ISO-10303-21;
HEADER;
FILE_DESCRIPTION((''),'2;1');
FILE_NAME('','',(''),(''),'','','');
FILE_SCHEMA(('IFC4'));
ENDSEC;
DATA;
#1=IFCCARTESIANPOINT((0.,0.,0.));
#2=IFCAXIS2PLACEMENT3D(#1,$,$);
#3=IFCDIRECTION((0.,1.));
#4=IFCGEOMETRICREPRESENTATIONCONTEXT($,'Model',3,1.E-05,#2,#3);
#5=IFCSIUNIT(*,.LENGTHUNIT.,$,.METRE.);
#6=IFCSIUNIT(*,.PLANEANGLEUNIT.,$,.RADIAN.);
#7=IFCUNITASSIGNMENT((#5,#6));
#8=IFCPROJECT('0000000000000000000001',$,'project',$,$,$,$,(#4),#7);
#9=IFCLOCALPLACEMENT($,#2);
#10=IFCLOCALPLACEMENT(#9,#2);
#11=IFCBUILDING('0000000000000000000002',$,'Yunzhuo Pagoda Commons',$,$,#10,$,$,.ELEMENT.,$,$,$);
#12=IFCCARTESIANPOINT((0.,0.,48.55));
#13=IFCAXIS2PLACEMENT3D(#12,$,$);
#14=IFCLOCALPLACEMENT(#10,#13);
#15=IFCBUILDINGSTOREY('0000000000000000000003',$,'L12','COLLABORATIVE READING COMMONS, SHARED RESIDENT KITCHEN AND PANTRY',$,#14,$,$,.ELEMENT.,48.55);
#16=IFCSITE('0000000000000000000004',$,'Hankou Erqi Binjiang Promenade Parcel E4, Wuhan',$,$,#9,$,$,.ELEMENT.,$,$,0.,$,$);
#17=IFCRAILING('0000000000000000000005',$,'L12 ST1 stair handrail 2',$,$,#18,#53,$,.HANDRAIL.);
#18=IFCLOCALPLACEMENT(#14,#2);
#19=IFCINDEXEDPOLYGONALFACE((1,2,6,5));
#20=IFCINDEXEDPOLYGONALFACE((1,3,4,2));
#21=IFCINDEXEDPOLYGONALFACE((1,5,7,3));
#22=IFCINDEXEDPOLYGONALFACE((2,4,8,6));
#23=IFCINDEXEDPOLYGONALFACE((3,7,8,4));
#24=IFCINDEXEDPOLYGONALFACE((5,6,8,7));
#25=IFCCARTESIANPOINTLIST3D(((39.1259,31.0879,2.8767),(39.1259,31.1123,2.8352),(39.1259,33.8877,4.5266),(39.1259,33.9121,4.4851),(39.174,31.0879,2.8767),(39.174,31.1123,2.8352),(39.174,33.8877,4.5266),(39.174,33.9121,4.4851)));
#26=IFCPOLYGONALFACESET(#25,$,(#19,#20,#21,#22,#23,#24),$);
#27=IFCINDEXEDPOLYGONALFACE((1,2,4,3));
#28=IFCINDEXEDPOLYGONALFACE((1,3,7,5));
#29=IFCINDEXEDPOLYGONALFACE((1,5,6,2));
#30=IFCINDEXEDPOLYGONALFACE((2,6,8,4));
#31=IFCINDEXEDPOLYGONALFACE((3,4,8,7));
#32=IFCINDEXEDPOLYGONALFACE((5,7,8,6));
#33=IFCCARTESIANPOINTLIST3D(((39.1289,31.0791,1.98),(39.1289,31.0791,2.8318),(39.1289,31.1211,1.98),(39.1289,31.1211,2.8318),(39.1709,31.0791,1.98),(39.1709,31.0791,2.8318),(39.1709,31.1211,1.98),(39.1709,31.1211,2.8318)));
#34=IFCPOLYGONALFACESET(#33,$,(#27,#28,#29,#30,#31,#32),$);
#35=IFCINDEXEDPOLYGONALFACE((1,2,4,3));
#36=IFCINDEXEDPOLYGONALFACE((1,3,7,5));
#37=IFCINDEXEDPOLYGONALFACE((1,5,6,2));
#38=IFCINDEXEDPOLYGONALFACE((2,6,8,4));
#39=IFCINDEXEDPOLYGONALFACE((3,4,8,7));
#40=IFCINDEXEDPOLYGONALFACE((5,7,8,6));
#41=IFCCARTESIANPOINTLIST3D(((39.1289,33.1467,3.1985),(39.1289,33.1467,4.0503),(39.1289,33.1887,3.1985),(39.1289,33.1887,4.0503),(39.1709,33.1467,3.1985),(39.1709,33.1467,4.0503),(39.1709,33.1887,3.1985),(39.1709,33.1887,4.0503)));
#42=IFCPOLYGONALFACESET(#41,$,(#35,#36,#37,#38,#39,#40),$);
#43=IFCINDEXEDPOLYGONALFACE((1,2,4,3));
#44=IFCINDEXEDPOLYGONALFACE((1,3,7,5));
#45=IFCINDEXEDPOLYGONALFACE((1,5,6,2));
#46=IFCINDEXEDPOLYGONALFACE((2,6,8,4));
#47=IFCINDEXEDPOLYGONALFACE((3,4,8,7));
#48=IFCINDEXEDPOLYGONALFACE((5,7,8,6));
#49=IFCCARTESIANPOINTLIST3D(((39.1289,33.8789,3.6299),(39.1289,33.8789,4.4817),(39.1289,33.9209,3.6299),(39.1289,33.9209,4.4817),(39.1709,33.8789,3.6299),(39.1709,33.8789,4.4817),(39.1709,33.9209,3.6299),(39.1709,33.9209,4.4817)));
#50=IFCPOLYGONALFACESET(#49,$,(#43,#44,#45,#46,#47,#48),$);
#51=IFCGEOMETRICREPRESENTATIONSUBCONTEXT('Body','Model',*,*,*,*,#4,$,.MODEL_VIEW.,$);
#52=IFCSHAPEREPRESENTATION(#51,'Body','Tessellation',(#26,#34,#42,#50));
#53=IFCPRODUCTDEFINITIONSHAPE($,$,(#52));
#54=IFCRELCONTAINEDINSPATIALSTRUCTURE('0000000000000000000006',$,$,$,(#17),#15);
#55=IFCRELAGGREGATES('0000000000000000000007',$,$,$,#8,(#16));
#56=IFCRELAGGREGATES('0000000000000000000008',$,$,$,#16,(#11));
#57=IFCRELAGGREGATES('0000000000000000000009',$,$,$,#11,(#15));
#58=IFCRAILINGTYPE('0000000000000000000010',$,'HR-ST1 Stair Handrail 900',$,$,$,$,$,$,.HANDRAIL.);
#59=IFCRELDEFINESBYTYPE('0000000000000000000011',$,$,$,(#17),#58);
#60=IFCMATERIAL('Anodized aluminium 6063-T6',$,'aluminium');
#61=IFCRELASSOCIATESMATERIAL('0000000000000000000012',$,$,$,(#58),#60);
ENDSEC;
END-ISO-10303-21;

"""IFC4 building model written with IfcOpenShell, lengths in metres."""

from ifc_helpers import new_model, si_unit, direction, frame, origin, origin_2d, place, context, subcontext, project, spatial, rectangle, extrude, material, type_object, element, save


model = new_model("IFC4")

# Units and contexts
model_context = context("Model", 3, precision=1e-05, world=origin(), true_north=direction((0.0, 1.0)))
body_context = subcontext(model_context, "Body", "Model", "MODEL_VIEW")
ifc_project = project(units=[si_unit("LENGTHUNIT", "METRE"), si_unit("PLANEANGLEUNIT", "RADIAN")], contexts=[model_context])

# Site, building, storey
site_placement = place(None, origin())
site = spatial("IfcSite", under=ifc_project, at=site_placement, Name="Hankou Erqi Binjiang Promenade Parcel E4, Wuhan", CompositionType="ELEMENT", RefElevation=0.0)
building_placement = place(site_placement, origin())
building = spatial("IfcBuilding", under=site, at=building_placement, Name="Yunzhuo Pagoda Commons", CompositionType="ELEMENT")
storey_placement = place(building_placement, frame((0.0, 0.0, 48.55)))
storey = spatial("IfcBuildingStorey", under=building, at=storey_placement, Name="L12", Description="COLLABORATIVE READING COMMONS, SHARED RESIDENT KITCHEN AND PANTRY", CompositionType="ELEMENT", Elevation=48.55)

# Railing
ifc_material_1 = material(Name="Anodized aluminium 6063-T6", Category="aluminium")
railing_type_1 = type_object("IfcRailingType", Name="HR-ST1 Stair Handrail 900", PredefinedType="HANDRAIL", material=ifc_material_1)
railing_1_placement = place(storey_placement, frame((39.1499, 31.1001, 1.98)))
element("IfcRailing", 1, at=railing_1_placement, inside=storey, type_object=railing_type_1, Name="L12 ST1 stair handrail 2", PredefinedType="HANDRAIL", context=body_context, shape_type="SweptSolid", body=[
    extrude(rectangle(XDim=0.0481, YDim=0.0481, at=origin_2d()), frame((0.0, 0.0, 0.876), z_axis=(0.0, 0.861536, 0.507696), x_axis=(-1.0, 0.0, 0.0)), (0.0, 0.0, 1.0), 3.2498),
    extrude(rectangle(XDim=0.042, YDim=0.042, at=origin_2d()), origin(), (0.0, 0.0, 1.0), 0.8518),
    extrude(rectangle(XDim=0.042, YDim=0.042, at=origin_2d()), frame((0.0, 2.0676, 1.2185)), (0.0, 0.0, 1.0), 0.8518),
    extrude(rectangle(XDim=0.042, YDim=0.042, at=origin_2d()), frame((0.0, 2.7998, 1.6499)), (0.0, 0.0, 1.0), 0.8518),
])

save(model, "model.ifc")
